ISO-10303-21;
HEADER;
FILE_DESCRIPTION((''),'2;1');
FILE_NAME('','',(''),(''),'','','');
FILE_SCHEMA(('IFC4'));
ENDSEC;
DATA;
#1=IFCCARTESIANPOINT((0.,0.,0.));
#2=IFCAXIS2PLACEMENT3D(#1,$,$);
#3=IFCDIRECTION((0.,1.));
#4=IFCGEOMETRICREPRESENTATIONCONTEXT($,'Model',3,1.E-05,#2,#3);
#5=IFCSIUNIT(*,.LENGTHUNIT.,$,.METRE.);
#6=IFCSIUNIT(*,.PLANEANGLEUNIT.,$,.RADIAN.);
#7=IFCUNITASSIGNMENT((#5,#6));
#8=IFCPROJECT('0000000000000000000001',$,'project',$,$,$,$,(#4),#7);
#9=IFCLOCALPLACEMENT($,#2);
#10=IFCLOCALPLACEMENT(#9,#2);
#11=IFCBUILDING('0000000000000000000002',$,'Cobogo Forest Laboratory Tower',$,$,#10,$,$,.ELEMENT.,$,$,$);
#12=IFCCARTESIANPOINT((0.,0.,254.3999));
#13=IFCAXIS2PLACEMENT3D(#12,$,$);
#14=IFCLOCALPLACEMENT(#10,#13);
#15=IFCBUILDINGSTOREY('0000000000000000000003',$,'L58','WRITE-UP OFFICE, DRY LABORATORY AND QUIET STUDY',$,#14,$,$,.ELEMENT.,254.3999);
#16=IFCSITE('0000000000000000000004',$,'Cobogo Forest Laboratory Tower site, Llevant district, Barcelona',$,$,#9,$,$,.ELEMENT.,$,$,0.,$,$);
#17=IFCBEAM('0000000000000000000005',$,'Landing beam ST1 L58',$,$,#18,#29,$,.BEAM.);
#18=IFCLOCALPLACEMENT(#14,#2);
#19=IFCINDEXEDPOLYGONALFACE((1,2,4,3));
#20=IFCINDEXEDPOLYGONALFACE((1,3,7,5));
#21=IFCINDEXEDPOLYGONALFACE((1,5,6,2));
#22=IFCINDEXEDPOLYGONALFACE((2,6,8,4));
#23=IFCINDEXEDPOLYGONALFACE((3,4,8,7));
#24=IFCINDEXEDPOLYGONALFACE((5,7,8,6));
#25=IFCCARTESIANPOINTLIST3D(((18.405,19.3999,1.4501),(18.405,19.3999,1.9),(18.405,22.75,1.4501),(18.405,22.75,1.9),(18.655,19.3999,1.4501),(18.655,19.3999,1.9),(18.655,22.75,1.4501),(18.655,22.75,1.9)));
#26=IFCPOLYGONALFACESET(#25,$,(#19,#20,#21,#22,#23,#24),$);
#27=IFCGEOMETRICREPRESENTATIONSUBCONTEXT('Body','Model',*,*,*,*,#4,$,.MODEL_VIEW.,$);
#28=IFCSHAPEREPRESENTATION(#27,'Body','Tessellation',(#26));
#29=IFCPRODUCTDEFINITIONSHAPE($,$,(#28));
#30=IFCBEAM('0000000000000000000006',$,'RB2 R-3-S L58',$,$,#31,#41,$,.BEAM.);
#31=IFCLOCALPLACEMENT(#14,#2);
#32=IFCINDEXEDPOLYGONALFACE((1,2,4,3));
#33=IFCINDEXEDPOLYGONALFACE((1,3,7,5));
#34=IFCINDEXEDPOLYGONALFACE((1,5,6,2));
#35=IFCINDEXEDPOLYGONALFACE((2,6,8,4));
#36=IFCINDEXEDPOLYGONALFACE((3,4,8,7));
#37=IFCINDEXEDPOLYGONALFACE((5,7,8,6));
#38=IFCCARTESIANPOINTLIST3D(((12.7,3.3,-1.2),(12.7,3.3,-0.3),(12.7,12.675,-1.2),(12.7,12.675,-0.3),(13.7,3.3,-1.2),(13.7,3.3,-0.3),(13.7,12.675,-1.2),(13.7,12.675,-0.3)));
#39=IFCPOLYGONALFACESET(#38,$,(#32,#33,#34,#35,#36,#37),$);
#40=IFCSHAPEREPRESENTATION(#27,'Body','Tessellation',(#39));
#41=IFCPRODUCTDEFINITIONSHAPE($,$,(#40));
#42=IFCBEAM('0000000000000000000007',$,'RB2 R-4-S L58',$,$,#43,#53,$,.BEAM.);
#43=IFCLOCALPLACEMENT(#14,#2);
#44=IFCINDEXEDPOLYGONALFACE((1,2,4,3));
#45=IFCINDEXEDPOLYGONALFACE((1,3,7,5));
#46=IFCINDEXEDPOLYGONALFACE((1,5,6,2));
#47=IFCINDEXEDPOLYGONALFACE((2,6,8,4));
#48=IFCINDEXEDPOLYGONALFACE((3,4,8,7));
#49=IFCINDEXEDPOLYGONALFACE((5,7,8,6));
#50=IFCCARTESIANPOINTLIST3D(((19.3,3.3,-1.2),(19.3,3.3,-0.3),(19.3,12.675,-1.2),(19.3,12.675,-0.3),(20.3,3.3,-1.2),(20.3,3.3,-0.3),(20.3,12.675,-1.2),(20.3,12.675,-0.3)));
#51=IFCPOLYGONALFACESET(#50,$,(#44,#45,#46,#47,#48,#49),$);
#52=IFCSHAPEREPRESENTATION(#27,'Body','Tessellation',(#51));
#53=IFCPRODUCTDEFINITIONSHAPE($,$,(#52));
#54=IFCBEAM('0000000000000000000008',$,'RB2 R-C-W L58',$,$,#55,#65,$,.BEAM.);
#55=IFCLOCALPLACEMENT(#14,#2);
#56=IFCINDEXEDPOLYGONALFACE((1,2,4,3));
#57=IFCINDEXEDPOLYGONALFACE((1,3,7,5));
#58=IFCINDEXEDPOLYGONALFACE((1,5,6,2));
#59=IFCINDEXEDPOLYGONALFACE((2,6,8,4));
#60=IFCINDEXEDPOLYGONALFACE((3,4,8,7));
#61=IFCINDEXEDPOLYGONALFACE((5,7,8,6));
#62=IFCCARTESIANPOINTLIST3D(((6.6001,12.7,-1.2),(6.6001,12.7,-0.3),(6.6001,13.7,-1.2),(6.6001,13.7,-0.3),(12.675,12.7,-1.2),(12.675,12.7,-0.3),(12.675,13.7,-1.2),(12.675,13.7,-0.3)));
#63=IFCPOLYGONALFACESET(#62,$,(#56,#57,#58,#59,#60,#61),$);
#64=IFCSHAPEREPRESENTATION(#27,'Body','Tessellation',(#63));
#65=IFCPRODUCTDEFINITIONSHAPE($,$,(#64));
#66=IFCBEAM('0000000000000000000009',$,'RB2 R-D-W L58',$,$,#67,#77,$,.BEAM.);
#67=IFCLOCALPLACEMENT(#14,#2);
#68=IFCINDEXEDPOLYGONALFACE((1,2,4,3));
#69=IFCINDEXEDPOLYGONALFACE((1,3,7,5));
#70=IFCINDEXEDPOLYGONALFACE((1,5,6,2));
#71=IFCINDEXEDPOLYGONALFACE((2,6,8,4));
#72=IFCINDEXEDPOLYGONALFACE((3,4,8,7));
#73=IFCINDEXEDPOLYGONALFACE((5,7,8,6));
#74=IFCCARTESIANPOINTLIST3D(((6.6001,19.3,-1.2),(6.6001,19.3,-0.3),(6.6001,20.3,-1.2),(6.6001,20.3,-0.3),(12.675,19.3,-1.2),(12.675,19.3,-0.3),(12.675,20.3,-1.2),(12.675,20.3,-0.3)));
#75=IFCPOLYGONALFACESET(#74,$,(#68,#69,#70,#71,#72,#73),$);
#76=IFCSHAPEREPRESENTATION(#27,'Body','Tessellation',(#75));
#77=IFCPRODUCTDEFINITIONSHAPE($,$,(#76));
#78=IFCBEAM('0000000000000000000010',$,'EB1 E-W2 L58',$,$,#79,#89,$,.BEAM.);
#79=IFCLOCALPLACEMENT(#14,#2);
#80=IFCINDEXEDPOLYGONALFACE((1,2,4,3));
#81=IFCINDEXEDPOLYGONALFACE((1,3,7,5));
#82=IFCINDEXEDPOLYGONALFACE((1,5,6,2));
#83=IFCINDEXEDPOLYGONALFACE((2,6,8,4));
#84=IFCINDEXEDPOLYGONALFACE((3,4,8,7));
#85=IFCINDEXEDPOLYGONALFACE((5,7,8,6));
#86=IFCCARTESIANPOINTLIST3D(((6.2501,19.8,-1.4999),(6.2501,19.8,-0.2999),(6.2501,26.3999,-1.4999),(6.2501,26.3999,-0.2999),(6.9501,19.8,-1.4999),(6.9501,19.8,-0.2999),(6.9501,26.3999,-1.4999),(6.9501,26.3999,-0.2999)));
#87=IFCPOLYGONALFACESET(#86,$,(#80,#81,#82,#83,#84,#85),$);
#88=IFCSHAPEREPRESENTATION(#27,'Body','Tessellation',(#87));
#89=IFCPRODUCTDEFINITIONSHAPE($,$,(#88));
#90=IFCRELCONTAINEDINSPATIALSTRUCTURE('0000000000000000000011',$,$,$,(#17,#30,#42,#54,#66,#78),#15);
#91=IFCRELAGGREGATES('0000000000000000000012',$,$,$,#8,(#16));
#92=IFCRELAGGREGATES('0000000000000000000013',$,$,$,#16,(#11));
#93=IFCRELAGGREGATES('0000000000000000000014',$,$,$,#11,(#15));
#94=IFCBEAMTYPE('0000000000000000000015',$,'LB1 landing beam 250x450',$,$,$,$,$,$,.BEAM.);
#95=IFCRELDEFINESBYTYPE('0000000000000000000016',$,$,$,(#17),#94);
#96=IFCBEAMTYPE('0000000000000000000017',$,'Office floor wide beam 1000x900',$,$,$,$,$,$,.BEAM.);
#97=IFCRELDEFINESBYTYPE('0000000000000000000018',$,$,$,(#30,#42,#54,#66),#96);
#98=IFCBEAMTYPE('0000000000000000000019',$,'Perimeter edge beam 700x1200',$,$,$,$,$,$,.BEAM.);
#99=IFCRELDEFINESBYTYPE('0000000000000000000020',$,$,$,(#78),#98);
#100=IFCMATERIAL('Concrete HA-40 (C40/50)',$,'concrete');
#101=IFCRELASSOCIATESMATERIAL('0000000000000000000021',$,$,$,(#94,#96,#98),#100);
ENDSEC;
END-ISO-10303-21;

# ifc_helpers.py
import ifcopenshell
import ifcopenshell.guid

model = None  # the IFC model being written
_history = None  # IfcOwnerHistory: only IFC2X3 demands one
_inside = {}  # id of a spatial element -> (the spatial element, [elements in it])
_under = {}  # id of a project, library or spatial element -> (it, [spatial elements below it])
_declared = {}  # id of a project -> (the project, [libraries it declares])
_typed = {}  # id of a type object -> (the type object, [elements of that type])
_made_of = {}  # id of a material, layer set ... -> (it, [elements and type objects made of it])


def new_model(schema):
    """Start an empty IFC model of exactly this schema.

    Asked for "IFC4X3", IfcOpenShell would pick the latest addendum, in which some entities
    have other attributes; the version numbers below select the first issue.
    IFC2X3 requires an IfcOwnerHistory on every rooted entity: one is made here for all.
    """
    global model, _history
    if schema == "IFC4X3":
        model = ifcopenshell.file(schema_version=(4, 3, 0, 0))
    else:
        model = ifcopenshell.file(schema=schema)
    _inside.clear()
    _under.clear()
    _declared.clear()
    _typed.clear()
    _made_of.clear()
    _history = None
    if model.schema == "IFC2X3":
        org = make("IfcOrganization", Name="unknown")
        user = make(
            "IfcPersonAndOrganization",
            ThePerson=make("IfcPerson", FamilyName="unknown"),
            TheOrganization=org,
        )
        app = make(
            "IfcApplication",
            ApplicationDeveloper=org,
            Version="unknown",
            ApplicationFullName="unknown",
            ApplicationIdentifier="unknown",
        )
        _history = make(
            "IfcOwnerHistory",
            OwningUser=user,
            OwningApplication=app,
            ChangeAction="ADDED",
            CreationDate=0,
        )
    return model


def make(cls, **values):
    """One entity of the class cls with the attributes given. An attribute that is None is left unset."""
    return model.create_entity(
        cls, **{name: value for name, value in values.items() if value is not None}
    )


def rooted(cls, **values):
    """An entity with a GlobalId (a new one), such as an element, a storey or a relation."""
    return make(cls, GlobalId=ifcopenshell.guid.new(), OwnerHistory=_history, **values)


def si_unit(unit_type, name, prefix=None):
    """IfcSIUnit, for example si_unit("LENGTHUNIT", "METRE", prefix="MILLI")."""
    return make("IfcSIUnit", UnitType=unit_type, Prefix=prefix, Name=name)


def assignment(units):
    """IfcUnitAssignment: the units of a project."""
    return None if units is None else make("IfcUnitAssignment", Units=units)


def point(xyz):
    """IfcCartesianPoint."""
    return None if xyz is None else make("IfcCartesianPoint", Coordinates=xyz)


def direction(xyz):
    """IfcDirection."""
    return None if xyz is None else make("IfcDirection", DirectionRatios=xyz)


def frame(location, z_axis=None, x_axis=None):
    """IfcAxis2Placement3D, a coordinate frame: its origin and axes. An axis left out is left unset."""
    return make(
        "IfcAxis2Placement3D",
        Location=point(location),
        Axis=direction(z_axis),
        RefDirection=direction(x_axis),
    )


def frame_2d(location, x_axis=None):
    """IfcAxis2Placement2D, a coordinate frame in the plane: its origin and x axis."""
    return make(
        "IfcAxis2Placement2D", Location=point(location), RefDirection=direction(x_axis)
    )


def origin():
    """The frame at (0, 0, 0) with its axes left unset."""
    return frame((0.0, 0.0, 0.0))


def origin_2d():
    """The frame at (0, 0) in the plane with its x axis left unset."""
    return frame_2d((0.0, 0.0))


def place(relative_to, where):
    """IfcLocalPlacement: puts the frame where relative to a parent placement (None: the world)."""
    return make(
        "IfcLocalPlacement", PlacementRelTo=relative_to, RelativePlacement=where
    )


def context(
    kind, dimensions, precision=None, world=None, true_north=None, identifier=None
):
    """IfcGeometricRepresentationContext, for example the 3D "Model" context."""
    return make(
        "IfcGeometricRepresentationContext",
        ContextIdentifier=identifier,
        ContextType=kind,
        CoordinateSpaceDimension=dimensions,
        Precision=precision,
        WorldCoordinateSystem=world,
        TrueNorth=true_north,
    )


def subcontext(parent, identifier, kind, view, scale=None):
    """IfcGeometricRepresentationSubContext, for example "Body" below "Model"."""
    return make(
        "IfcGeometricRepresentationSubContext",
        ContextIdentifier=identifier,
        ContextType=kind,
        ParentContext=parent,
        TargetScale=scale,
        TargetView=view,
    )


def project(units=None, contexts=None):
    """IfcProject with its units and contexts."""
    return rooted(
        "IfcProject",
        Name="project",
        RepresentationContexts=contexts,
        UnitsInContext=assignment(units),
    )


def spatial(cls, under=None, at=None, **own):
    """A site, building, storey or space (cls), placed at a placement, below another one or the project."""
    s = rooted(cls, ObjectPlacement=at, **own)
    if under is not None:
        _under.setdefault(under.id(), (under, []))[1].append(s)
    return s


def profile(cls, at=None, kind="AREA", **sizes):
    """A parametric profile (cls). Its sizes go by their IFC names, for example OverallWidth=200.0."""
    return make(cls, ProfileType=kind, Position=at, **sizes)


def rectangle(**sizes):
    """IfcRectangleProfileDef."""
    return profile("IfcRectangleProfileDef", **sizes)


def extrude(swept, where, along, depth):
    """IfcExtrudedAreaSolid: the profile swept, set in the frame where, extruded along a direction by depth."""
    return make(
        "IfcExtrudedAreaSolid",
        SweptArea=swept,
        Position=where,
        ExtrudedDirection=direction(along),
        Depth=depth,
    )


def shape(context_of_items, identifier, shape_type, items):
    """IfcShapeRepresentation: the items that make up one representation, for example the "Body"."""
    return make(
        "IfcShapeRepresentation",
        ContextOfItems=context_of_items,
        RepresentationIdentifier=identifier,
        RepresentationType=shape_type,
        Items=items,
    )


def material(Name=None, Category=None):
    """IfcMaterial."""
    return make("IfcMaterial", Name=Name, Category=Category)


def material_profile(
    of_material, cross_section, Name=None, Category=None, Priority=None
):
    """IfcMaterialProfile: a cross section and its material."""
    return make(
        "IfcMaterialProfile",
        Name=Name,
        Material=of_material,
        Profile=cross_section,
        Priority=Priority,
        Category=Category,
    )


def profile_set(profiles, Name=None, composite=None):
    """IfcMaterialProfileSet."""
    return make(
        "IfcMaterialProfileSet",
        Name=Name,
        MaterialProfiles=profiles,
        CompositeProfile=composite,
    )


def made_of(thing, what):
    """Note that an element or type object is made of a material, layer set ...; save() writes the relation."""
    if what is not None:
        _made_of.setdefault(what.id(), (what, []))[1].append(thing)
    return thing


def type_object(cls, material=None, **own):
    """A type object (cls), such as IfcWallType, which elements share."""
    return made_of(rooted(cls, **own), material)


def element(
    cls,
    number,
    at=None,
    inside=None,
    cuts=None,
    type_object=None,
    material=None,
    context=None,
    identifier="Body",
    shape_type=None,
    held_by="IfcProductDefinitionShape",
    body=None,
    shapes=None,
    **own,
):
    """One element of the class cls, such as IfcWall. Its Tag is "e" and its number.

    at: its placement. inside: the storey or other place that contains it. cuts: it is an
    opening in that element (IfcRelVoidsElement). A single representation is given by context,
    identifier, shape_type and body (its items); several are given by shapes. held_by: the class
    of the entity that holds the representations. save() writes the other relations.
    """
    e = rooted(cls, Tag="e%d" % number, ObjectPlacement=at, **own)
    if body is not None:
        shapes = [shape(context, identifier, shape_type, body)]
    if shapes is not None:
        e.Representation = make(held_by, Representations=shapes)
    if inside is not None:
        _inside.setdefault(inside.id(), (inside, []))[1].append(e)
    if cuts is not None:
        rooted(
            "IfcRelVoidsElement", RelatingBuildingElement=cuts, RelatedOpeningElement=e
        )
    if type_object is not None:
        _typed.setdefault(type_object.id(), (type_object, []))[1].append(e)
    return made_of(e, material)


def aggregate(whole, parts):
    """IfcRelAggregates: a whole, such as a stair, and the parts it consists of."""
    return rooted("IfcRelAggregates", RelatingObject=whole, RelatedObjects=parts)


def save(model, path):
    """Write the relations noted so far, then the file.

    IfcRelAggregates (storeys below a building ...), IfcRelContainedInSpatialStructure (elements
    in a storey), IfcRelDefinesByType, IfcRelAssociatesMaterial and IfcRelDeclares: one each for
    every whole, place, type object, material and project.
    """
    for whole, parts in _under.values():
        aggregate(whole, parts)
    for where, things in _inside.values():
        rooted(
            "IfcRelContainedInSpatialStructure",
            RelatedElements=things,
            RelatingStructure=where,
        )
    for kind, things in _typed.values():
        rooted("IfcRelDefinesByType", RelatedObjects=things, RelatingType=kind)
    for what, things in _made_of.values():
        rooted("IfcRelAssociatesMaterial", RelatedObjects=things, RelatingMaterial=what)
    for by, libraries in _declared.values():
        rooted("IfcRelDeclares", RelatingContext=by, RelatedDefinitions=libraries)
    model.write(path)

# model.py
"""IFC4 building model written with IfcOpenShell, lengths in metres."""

from ifc_helpers import new_model, si_unit, direction, frame, origin, origin_2d, place, context, subcontext, project, spatial, rectangle, extrude, material, material_profile, profile_set, type_object, element, save


model = new_model("IFC4")

# Units and contexts
model_context = context("Model", 3, precision=1e-05, world=origin(), true_north=direction((0.0, 1.0)))
body_context = subcontext(model_context, "Body", "Model", "MODEL_VIEW")
ifc_project = project(units=[si_unit("LENGTHUNIT", "METRE"), si_unit("PLANEANGLEUNIT", "RADIAN")], contexts=[model_context])

# Site, building, storey
site_placement = place(None, origin())
site = spatial("IfcSite", under=ifc_project, at=site_placement, Name="Cobogo Forest Laboratory Tower site, Llevant district, Barcelona", CompositionType="ELEMENT", RefElevation=0.0)
building_placement = place(site_placement, origin())
building = spatial("IfcBuilding", under=site, at=building_placement, Name="Cobogo Forest Laboratory Tower", CompositionType="ELEMENT")
storey_placement = place(building_placement, frame((0.0, 0.0, 254.3999)))
storey = spatial("IfcBuildingStorey", under=building, at=storey_placement, Name="L58", Description="WRITE-UP OFFICE, DRY LABORATORY AND QUIET STUDY", CompositionType="ELEMENT", Elevation=254.3999)

# Beams
ifc_material_1 = material(Name="Concrete HA-40 (C40/50)", Category="concrete")
ifc_material_profile_1 = material_profile(ifc_material_1, rectangle(XDim=0.25, YDim=0.45, at=origin_2d()), Name="RC 250x450")
ifc_profile_set_1 = profile_set([ifc_material_profile_1], Name="Concrete HA-40 (C40/50)")
beam_type_1 = type_object("IfcBeamType", Name="LB1 landing beam 250x450", PredefinedType="BEAM", material=ifc_profile_set_1)
beam_1_placement = place(storey_placement, frame((18.53, 19.3999, 1.675), z_axis=(0.0, 1.0, 0.0), x_axis=(-1.0, 0.0, 0.0)))
element("IfcBeam", 1, at=beam_1_placement, inside=storey, type_object=beam_type_1, Name="Landing beam ST1 L58", PredefinedType="BEAM", context=body_context, shape_type="SweptSolid", body=[
    extrude(rectangle(XDim=0.25, YDim=0.45, at=origin_2d()), origin(), (0.0, 0.0, 1.0), 3.3501),
])
ifc_material_profile_2 = material_profile(ifc_material_1, rectangle(XDim=1.0, YDim=0.8999, at=origin_2d()), Name="RC 1000x900")
ifc_profile_set_2 = profile_set([ifc_material_profile_2], Name="Concrete HA-40 (C40/50)")
beam_type_2 = type_object("IfcBeamType", Name="Office floor wide beam 1000x900", PredefinedType="BEAM", material=ifc_profile_set_2)
for number, where, z_axis, x_axis, name in (
    (2, (13.2, 12.675, -0.75), (0.0, -1.0, 0.0), (1.0, 0.0, 0.0), "RB2 R-3-S L58"),
    (3, (19.8, 12.675, -0.75), (0.0, -1.0, 0.0), (1.0, 0.0, 0.0), "RB2 R-4-S L58"),
):
    element("IfcBeam", number, at=place(storey_placement, frame(where, z_axis=z_axis, x_axis=x_axis)), inside=storey, type_object=beam_type_2, Name=name, PredefinedType="BEAM", context=body_context, shape_type="SweptSolid", body=[
        extrude(rectangle(XDim=1.0, YDim=0.8999, at=origin_2d()), origin(), (0.0, 0.0, 1.0), 9.375),
    ])
for number, where, z_axis, x_axis, name in (
    (4, (12.675, 13.2, -0.75), (-1.0, 0.0, 0.0), (0.0, -1.0, 0.0), "RB2 R-C-W L58"),
    (5, (12.675, 19.8, -0.75), (-1.0, 0.0, 0.0), (0.0, -1.0, 0.0), "RB2 R-D-W L58"),
):
    element("IfcBeam", number, at=place(storey_placement, frame(where, z_axis=z_axis, x_axis=x_axis)), inside=storey, type_object=beam_type_2, Name=name, PredefinedType="BEAM", context=body_context, shape_type="SweptSolid", body=[
        extrude(rectangle(XDim=1.0, YDim=0.8999, at=origin_2d()), origin(), (0.0, 0.0, 1.0), 6.075),
    ])
ifc_material_profile_3 = material_profile(ifc_material_1, rectangle(XDim=0.7, YDim=1.2, at=origin_2d()), Name="RC 700x1200")
ifc_profile_set_3 = profile_set([ifc_material_profile_3], Name="Concrete HA-40 (C40/50)")
beam_type_3 = type_object("IfcBeamType", Name="Perimeter edge beam 700x1200", PredefinedType="BEAM", material=ifc_profile_set_3)
beam_2_placement = place(storey_placement, frame((6.6001, 19.8, -0.8999), z_axis=(0.0, 1.0, 0.0), x_axis=(-1.0, 0.0, 0.0)))
element("IfcBeam", 6, at=beam_2_placement, inside=storey, type_object=beam_type_3, Name="EB1 E-W2 L58", PredefinedType="BEAM", context=body_context, shape_type="SweptSolid", body=[
    extrude(rectangle(XDim=0.7, YDim=1.2, at=origin_2d()), origin(), (0.0, 0.0, 1.0), 6.5999),
])

save(model, "model.ifc")
